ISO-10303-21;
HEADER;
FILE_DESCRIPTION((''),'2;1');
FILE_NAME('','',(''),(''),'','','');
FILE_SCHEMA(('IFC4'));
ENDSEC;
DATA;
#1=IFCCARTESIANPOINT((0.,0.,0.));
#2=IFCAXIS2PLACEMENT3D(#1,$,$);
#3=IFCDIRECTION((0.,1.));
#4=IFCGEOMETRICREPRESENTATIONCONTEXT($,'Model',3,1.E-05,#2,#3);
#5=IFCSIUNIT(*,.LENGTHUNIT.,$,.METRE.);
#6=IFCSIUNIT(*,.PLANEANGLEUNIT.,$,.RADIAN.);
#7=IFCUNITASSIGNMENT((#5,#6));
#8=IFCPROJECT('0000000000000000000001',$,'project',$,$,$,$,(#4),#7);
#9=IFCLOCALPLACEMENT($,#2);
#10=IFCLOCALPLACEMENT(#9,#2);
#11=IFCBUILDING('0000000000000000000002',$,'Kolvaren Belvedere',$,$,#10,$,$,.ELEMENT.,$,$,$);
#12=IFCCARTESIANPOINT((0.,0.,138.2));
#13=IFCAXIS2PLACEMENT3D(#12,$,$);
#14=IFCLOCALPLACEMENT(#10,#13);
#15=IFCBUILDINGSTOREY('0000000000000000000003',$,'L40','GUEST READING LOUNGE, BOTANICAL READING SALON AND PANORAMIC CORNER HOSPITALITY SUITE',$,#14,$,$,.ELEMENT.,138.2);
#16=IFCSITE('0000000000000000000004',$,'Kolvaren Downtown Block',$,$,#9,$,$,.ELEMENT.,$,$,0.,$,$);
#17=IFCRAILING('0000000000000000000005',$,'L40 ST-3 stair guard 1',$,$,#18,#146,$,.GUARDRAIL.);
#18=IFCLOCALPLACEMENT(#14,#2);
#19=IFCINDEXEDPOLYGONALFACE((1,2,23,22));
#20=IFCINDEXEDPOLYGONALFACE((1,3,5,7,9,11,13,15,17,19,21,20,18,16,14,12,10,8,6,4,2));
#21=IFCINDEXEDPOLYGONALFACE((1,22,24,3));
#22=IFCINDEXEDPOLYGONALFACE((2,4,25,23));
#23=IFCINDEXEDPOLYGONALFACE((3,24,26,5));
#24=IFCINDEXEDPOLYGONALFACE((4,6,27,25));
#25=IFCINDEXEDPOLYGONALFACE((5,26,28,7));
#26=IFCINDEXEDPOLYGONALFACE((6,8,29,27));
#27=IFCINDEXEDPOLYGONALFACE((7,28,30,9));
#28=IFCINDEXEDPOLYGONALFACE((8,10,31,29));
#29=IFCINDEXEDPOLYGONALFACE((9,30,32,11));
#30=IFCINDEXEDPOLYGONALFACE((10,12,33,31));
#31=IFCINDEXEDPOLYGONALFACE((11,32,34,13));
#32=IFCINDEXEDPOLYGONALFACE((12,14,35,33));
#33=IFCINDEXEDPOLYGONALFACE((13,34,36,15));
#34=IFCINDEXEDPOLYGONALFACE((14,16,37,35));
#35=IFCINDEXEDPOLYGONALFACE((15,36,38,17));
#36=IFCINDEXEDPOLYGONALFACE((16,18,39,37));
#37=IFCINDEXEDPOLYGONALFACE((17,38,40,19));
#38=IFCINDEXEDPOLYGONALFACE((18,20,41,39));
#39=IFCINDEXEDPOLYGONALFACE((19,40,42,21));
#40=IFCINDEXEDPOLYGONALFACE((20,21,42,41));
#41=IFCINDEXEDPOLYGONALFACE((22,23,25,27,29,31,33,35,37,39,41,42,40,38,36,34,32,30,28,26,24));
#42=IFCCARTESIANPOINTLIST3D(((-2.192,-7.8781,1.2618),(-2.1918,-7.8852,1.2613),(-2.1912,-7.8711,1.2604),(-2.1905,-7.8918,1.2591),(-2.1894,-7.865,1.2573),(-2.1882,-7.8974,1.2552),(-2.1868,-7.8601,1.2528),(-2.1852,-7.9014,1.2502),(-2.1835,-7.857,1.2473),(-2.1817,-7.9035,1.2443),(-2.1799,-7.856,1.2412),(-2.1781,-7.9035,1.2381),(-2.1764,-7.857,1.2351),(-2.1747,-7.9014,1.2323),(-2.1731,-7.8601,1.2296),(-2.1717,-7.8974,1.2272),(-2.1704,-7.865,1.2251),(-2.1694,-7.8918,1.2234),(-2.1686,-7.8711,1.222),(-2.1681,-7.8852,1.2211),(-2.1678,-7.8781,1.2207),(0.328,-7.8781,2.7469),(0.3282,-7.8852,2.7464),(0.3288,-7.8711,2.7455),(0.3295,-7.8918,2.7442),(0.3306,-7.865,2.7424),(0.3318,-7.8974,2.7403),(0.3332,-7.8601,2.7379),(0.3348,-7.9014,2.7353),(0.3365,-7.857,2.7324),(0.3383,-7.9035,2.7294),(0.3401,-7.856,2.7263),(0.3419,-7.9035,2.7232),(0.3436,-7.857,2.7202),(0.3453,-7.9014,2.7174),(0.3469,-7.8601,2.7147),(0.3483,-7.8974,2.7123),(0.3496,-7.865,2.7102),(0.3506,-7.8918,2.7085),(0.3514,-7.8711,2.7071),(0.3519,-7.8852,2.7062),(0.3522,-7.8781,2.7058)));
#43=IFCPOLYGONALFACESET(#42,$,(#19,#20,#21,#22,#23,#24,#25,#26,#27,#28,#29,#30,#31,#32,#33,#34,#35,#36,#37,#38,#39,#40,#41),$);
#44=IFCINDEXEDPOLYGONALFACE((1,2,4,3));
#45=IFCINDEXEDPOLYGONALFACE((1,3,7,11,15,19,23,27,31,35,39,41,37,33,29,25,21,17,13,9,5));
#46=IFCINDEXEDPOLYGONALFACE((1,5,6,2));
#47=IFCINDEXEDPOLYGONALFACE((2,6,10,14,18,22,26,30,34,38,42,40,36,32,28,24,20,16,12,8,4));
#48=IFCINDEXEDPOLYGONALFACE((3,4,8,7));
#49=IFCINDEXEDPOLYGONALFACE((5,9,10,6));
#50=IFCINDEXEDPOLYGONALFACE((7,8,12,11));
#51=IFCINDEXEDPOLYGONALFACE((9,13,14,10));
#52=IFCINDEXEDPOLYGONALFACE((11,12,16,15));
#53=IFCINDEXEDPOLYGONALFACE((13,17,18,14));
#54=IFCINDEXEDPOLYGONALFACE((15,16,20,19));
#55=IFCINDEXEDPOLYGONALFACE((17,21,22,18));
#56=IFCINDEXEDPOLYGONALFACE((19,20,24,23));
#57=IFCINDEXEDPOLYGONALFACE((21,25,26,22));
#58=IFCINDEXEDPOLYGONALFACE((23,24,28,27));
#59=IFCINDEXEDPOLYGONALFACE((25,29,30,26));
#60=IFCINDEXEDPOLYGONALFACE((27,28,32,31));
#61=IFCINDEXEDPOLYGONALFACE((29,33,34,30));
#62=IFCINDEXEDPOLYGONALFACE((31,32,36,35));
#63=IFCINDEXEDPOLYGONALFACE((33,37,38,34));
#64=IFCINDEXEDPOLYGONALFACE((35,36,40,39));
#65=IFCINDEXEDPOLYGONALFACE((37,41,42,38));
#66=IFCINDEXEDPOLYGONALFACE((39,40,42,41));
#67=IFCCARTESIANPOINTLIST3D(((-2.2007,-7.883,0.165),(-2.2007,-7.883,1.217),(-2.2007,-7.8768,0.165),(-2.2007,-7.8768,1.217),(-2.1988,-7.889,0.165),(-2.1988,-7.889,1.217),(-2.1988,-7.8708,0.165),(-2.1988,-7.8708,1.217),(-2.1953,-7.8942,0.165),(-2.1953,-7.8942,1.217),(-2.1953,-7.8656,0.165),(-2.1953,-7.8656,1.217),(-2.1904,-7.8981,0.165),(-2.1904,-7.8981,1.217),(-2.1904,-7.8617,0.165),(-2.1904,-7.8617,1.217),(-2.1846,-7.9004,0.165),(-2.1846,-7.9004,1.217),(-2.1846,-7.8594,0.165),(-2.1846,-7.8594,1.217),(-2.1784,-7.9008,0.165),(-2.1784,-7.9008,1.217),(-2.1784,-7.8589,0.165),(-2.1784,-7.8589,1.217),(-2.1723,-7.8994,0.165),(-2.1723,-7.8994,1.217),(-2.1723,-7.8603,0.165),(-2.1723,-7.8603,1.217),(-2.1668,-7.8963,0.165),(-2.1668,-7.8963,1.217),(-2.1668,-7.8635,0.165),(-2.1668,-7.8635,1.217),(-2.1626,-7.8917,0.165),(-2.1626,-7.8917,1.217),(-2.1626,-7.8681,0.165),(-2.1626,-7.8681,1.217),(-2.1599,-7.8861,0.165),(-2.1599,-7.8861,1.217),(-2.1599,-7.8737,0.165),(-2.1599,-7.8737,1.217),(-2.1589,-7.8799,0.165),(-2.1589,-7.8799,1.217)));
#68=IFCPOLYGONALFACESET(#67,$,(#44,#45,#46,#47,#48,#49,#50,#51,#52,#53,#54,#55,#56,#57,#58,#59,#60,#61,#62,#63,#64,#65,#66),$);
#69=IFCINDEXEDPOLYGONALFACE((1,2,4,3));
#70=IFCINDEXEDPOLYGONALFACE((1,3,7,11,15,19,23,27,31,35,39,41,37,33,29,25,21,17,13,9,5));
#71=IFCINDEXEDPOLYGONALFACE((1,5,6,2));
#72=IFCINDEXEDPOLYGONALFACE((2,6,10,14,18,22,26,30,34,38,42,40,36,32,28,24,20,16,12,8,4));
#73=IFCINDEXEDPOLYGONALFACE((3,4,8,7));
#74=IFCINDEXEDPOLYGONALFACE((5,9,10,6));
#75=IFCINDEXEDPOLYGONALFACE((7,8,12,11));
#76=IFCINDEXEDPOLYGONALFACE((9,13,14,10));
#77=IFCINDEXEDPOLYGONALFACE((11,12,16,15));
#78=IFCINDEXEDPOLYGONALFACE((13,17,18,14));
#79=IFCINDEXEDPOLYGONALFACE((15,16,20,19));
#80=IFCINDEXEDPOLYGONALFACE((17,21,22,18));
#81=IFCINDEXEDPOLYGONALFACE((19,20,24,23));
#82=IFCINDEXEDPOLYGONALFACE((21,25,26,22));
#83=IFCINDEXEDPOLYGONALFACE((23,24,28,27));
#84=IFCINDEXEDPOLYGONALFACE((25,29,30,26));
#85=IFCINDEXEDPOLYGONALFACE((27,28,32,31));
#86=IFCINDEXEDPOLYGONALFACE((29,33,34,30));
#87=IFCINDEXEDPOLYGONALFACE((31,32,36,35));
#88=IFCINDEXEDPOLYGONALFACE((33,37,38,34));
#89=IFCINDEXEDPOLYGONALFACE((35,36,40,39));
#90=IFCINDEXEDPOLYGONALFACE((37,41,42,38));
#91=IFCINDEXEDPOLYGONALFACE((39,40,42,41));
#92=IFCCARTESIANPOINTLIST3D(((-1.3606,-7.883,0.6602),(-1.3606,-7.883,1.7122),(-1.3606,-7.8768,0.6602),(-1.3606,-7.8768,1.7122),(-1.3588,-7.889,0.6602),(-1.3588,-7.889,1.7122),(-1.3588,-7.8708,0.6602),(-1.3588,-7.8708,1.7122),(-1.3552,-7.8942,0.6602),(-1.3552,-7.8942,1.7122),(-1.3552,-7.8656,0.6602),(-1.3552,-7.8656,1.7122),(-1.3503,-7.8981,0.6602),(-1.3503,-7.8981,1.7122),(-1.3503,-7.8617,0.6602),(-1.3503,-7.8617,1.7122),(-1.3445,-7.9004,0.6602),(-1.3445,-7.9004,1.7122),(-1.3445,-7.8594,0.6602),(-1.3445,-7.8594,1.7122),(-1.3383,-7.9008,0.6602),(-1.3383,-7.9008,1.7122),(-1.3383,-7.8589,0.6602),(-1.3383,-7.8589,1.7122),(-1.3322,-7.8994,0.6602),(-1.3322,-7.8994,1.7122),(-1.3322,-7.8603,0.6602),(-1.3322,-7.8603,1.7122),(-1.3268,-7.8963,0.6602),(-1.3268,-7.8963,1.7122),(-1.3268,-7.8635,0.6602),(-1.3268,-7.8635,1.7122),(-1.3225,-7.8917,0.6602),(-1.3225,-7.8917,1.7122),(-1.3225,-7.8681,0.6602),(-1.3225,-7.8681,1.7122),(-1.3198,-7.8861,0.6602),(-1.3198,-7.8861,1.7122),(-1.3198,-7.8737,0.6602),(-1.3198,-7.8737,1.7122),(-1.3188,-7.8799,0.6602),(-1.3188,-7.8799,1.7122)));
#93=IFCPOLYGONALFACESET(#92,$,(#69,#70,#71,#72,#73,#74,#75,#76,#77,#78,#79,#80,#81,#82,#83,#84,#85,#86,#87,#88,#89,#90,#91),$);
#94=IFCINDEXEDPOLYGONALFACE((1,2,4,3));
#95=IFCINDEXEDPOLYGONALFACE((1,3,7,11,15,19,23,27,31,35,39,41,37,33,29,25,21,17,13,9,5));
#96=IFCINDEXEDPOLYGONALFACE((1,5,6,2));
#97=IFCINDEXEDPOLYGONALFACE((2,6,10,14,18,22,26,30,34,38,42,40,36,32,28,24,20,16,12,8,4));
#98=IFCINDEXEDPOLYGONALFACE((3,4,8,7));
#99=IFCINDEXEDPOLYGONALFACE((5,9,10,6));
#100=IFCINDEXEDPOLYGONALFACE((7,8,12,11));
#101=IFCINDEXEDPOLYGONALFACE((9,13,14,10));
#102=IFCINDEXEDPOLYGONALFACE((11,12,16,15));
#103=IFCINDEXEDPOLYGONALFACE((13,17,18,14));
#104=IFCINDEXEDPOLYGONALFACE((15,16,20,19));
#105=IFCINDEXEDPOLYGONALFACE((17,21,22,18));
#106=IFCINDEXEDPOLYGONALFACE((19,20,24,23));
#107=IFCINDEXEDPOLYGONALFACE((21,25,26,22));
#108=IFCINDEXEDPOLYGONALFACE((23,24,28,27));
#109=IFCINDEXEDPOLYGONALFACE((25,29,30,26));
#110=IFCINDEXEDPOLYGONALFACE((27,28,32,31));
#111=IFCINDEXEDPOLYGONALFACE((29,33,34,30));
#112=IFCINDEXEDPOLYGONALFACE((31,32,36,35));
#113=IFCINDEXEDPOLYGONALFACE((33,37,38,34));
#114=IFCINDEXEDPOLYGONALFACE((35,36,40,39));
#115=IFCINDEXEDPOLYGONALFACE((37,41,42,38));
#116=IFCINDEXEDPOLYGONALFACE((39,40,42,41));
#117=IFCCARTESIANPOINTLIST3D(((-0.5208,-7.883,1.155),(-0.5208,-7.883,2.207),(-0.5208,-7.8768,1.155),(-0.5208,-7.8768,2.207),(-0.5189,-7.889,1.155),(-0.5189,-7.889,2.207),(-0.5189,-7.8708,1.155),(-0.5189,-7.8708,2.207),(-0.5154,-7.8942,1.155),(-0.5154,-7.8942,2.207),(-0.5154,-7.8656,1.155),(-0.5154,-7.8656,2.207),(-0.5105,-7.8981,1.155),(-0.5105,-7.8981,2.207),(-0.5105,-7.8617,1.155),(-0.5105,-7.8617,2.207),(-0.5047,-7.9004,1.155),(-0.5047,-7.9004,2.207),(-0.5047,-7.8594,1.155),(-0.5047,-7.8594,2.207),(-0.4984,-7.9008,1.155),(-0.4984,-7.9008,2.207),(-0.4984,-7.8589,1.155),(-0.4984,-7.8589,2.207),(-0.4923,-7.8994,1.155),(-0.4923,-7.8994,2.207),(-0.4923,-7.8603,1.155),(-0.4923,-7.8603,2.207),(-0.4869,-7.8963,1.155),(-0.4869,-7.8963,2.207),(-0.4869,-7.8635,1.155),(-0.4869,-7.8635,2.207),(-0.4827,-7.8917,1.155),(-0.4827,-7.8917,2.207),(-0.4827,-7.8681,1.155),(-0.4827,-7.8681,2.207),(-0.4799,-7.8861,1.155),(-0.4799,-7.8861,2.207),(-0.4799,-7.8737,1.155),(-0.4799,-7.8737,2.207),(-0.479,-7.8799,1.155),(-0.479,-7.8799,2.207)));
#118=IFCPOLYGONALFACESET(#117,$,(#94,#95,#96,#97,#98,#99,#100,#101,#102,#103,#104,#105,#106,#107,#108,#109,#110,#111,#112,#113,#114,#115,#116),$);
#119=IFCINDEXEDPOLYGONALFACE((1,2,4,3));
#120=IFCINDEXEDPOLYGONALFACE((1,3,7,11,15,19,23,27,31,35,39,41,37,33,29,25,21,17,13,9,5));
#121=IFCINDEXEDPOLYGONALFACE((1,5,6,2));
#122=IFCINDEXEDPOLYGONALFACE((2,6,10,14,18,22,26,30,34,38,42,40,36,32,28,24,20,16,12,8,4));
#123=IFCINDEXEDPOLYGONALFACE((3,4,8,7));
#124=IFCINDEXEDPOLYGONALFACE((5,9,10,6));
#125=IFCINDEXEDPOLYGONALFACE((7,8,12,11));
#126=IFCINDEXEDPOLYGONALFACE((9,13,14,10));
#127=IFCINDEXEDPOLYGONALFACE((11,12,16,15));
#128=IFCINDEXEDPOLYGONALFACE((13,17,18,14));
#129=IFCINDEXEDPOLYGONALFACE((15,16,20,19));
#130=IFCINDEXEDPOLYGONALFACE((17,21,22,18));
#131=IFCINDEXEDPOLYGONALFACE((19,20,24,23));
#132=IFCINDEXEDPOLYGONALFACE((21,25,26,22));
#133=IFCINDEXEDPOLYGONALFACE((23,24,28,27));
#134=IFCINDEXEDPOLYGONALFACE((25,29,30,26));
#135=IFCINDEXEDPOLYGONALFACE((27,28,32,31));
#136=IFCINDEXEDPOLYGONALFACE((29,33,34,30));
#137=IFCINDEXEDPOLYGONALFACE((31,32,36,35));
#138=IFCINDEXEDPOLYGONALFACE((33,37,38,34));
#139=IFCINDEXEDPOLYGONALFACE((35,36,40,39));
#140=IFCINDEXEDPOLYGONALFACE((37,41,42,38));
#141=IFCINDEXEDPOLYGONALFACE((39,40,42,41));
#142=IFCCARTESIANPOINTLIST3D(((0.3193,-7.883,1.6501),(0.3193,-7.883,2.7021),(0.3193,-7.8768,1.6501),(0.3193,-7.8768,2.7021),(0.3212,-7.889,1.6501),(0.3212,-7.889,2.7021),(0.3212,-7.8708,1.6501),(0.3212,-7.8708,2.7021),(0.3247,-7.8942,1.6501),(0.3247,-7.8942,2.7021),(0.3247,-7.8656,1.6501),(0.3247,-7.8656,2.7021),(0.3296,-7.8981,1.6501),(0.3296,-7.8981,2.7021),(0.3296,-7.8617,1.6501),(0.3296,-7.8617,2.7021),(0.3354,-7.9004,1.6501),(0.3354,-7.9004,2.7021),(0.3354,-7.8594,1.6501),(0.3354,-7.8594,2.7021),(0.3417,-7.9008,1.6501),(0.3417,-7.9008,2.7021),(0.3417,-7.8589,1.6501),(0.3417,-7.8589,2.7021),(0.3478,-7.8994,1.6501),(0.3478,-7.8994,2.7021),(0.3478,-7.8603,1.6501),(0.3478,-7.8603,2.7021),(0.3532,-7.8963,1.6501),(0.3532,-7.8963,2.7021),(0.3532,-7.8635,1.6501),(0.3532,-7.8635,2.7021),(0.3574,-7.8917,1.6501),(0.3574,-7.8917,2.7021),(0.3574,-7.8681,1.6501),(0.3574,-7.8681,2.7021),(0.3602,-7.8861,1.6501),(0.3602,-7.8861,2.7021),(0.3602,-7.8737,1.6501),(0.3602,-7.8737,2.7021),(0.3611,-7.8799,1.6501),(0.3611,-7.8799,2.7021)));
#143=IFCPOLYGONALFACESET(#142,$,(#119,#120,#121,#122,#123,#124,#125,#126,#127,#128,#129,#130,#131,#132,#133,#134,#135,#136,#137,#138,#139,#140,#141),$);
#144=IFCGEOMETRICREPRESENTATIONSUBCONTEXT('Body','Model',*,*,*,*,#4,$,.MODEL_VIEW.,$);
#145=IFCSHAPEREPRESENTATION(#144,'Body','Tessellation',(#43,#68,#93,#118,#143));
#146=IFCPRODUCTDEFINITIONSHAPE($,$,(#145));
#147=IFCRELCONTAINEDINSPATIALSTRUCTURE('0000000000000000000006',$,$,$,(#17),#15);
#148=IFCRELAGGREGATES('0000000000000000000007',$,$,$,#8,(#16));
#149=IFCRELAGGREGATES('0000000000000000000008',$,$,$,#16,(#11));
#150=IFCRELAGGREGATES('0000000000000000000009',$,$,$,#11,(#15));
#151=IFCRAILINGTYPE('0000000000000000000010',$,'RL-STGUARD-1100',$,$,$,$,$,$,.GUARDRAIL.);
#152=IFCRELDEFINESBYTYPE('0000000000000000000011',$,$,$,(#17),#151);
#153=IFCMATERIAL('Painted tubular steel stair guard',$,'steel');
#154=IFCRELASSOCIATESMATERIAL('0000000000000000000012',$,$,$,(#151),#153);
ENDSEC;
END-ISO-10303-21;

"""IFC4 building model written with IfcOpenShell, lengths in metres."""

from ifc_helpers import new_model, si_unit, direction, frame, origin, origin_2d, place, context, subcontext, project, spatial, circle, extrude, material, type_object, element, save


model = new_model("IFC4")

# Units and contexts
model_context = context("Model", 3, precision=1e-05, world=origin(), true_north=direction((0.0, 1.0)))
body_context = subcontext(model_context, "Body", "Model", "MODEL_VIEW")
ifc_project = project(units=[si_unit("LENGTHUNIT", "METRE"), si_unit("PLANEANGLEUNIT", "RADIAN")], contexts=[model_context])

# Site, building, storey
site_placement = place(None, origin())
site = spatial("IfcSite", under=ifc_project, at=site_placement, Name="Kolvaren Downtown Block", CompositionType="ELEMENT", RefElevation=0.0)
building_placement = place(site_placement, origin())
building = spatial("IfcBuilding", under=site, at=building_placement, Name="Kolvaren Belvedere", CompositionType="ELEMENT")
storey_placement = place(building_placement, frame((0.0, 0.0, 138.2)))
storey = spatial("IfcBuildingStorey", under=building, at=storey_placement, Name="L40", Description="GUEST READING LOUNGE, BOTANICAL READING SALON AND PANORAMIC CORNER HOSPITALITY SUITE", CompositionType="ELEMENT", Elevation=138.2)

# Railing
ifc_material_1 = material(Name="Painted tubular steel stair guard", Category="steel")
railing_type_1 = type_object("IfcRailingType", Name="RL-STGUARD-1100", PredefinedType="GUARDRAIL", material=ifc_material_1)
railing_1_placement = place(storey_placement, frame((-2.1799, -7.8799, 0.165)))
element("IfcRailing", 1, at=railing_1_placement, inside=storey, type_object=railing_type_1, Name="L40 ST-3 stair guard 1", PredefinedType="GUARDRAIL", context=body_context, shape_type="SweptSolid", body=[
    extrude(circle(Radius=0.0239, at=origin_2d()), frame((0.0, 0.0, 1.0762), z_axis=(0.861524, 0.0, 0.507717), x_axis=(0.0, 1.0, 0.0)), (0.0, 0.0, 1.0), 2.925),
    extrude(circle(Radius=0.021, at=origin_2d()), origin(), (0.0, 0.0, 1.0), 1.052),
    extrude(circle(Radius=0.021, at=origin_2d()), frame((0.8401, 0.0, 0.4951)), (0.0, 0.0, 1.0), 1.052),
    extrude(circle(Radius=0.021, at=origin_2d()), frame((1.6799, 0.0, 0.99)), (0.0, 0.0, 1.0), 1.052),
    extrude(circle(Radius=0.021, at=origin_2d()), frame((2.52, 0.0, 1.4851)), (0.0, 0.0, 1.0), 1.052),
])

save(model, "model.ifc")
